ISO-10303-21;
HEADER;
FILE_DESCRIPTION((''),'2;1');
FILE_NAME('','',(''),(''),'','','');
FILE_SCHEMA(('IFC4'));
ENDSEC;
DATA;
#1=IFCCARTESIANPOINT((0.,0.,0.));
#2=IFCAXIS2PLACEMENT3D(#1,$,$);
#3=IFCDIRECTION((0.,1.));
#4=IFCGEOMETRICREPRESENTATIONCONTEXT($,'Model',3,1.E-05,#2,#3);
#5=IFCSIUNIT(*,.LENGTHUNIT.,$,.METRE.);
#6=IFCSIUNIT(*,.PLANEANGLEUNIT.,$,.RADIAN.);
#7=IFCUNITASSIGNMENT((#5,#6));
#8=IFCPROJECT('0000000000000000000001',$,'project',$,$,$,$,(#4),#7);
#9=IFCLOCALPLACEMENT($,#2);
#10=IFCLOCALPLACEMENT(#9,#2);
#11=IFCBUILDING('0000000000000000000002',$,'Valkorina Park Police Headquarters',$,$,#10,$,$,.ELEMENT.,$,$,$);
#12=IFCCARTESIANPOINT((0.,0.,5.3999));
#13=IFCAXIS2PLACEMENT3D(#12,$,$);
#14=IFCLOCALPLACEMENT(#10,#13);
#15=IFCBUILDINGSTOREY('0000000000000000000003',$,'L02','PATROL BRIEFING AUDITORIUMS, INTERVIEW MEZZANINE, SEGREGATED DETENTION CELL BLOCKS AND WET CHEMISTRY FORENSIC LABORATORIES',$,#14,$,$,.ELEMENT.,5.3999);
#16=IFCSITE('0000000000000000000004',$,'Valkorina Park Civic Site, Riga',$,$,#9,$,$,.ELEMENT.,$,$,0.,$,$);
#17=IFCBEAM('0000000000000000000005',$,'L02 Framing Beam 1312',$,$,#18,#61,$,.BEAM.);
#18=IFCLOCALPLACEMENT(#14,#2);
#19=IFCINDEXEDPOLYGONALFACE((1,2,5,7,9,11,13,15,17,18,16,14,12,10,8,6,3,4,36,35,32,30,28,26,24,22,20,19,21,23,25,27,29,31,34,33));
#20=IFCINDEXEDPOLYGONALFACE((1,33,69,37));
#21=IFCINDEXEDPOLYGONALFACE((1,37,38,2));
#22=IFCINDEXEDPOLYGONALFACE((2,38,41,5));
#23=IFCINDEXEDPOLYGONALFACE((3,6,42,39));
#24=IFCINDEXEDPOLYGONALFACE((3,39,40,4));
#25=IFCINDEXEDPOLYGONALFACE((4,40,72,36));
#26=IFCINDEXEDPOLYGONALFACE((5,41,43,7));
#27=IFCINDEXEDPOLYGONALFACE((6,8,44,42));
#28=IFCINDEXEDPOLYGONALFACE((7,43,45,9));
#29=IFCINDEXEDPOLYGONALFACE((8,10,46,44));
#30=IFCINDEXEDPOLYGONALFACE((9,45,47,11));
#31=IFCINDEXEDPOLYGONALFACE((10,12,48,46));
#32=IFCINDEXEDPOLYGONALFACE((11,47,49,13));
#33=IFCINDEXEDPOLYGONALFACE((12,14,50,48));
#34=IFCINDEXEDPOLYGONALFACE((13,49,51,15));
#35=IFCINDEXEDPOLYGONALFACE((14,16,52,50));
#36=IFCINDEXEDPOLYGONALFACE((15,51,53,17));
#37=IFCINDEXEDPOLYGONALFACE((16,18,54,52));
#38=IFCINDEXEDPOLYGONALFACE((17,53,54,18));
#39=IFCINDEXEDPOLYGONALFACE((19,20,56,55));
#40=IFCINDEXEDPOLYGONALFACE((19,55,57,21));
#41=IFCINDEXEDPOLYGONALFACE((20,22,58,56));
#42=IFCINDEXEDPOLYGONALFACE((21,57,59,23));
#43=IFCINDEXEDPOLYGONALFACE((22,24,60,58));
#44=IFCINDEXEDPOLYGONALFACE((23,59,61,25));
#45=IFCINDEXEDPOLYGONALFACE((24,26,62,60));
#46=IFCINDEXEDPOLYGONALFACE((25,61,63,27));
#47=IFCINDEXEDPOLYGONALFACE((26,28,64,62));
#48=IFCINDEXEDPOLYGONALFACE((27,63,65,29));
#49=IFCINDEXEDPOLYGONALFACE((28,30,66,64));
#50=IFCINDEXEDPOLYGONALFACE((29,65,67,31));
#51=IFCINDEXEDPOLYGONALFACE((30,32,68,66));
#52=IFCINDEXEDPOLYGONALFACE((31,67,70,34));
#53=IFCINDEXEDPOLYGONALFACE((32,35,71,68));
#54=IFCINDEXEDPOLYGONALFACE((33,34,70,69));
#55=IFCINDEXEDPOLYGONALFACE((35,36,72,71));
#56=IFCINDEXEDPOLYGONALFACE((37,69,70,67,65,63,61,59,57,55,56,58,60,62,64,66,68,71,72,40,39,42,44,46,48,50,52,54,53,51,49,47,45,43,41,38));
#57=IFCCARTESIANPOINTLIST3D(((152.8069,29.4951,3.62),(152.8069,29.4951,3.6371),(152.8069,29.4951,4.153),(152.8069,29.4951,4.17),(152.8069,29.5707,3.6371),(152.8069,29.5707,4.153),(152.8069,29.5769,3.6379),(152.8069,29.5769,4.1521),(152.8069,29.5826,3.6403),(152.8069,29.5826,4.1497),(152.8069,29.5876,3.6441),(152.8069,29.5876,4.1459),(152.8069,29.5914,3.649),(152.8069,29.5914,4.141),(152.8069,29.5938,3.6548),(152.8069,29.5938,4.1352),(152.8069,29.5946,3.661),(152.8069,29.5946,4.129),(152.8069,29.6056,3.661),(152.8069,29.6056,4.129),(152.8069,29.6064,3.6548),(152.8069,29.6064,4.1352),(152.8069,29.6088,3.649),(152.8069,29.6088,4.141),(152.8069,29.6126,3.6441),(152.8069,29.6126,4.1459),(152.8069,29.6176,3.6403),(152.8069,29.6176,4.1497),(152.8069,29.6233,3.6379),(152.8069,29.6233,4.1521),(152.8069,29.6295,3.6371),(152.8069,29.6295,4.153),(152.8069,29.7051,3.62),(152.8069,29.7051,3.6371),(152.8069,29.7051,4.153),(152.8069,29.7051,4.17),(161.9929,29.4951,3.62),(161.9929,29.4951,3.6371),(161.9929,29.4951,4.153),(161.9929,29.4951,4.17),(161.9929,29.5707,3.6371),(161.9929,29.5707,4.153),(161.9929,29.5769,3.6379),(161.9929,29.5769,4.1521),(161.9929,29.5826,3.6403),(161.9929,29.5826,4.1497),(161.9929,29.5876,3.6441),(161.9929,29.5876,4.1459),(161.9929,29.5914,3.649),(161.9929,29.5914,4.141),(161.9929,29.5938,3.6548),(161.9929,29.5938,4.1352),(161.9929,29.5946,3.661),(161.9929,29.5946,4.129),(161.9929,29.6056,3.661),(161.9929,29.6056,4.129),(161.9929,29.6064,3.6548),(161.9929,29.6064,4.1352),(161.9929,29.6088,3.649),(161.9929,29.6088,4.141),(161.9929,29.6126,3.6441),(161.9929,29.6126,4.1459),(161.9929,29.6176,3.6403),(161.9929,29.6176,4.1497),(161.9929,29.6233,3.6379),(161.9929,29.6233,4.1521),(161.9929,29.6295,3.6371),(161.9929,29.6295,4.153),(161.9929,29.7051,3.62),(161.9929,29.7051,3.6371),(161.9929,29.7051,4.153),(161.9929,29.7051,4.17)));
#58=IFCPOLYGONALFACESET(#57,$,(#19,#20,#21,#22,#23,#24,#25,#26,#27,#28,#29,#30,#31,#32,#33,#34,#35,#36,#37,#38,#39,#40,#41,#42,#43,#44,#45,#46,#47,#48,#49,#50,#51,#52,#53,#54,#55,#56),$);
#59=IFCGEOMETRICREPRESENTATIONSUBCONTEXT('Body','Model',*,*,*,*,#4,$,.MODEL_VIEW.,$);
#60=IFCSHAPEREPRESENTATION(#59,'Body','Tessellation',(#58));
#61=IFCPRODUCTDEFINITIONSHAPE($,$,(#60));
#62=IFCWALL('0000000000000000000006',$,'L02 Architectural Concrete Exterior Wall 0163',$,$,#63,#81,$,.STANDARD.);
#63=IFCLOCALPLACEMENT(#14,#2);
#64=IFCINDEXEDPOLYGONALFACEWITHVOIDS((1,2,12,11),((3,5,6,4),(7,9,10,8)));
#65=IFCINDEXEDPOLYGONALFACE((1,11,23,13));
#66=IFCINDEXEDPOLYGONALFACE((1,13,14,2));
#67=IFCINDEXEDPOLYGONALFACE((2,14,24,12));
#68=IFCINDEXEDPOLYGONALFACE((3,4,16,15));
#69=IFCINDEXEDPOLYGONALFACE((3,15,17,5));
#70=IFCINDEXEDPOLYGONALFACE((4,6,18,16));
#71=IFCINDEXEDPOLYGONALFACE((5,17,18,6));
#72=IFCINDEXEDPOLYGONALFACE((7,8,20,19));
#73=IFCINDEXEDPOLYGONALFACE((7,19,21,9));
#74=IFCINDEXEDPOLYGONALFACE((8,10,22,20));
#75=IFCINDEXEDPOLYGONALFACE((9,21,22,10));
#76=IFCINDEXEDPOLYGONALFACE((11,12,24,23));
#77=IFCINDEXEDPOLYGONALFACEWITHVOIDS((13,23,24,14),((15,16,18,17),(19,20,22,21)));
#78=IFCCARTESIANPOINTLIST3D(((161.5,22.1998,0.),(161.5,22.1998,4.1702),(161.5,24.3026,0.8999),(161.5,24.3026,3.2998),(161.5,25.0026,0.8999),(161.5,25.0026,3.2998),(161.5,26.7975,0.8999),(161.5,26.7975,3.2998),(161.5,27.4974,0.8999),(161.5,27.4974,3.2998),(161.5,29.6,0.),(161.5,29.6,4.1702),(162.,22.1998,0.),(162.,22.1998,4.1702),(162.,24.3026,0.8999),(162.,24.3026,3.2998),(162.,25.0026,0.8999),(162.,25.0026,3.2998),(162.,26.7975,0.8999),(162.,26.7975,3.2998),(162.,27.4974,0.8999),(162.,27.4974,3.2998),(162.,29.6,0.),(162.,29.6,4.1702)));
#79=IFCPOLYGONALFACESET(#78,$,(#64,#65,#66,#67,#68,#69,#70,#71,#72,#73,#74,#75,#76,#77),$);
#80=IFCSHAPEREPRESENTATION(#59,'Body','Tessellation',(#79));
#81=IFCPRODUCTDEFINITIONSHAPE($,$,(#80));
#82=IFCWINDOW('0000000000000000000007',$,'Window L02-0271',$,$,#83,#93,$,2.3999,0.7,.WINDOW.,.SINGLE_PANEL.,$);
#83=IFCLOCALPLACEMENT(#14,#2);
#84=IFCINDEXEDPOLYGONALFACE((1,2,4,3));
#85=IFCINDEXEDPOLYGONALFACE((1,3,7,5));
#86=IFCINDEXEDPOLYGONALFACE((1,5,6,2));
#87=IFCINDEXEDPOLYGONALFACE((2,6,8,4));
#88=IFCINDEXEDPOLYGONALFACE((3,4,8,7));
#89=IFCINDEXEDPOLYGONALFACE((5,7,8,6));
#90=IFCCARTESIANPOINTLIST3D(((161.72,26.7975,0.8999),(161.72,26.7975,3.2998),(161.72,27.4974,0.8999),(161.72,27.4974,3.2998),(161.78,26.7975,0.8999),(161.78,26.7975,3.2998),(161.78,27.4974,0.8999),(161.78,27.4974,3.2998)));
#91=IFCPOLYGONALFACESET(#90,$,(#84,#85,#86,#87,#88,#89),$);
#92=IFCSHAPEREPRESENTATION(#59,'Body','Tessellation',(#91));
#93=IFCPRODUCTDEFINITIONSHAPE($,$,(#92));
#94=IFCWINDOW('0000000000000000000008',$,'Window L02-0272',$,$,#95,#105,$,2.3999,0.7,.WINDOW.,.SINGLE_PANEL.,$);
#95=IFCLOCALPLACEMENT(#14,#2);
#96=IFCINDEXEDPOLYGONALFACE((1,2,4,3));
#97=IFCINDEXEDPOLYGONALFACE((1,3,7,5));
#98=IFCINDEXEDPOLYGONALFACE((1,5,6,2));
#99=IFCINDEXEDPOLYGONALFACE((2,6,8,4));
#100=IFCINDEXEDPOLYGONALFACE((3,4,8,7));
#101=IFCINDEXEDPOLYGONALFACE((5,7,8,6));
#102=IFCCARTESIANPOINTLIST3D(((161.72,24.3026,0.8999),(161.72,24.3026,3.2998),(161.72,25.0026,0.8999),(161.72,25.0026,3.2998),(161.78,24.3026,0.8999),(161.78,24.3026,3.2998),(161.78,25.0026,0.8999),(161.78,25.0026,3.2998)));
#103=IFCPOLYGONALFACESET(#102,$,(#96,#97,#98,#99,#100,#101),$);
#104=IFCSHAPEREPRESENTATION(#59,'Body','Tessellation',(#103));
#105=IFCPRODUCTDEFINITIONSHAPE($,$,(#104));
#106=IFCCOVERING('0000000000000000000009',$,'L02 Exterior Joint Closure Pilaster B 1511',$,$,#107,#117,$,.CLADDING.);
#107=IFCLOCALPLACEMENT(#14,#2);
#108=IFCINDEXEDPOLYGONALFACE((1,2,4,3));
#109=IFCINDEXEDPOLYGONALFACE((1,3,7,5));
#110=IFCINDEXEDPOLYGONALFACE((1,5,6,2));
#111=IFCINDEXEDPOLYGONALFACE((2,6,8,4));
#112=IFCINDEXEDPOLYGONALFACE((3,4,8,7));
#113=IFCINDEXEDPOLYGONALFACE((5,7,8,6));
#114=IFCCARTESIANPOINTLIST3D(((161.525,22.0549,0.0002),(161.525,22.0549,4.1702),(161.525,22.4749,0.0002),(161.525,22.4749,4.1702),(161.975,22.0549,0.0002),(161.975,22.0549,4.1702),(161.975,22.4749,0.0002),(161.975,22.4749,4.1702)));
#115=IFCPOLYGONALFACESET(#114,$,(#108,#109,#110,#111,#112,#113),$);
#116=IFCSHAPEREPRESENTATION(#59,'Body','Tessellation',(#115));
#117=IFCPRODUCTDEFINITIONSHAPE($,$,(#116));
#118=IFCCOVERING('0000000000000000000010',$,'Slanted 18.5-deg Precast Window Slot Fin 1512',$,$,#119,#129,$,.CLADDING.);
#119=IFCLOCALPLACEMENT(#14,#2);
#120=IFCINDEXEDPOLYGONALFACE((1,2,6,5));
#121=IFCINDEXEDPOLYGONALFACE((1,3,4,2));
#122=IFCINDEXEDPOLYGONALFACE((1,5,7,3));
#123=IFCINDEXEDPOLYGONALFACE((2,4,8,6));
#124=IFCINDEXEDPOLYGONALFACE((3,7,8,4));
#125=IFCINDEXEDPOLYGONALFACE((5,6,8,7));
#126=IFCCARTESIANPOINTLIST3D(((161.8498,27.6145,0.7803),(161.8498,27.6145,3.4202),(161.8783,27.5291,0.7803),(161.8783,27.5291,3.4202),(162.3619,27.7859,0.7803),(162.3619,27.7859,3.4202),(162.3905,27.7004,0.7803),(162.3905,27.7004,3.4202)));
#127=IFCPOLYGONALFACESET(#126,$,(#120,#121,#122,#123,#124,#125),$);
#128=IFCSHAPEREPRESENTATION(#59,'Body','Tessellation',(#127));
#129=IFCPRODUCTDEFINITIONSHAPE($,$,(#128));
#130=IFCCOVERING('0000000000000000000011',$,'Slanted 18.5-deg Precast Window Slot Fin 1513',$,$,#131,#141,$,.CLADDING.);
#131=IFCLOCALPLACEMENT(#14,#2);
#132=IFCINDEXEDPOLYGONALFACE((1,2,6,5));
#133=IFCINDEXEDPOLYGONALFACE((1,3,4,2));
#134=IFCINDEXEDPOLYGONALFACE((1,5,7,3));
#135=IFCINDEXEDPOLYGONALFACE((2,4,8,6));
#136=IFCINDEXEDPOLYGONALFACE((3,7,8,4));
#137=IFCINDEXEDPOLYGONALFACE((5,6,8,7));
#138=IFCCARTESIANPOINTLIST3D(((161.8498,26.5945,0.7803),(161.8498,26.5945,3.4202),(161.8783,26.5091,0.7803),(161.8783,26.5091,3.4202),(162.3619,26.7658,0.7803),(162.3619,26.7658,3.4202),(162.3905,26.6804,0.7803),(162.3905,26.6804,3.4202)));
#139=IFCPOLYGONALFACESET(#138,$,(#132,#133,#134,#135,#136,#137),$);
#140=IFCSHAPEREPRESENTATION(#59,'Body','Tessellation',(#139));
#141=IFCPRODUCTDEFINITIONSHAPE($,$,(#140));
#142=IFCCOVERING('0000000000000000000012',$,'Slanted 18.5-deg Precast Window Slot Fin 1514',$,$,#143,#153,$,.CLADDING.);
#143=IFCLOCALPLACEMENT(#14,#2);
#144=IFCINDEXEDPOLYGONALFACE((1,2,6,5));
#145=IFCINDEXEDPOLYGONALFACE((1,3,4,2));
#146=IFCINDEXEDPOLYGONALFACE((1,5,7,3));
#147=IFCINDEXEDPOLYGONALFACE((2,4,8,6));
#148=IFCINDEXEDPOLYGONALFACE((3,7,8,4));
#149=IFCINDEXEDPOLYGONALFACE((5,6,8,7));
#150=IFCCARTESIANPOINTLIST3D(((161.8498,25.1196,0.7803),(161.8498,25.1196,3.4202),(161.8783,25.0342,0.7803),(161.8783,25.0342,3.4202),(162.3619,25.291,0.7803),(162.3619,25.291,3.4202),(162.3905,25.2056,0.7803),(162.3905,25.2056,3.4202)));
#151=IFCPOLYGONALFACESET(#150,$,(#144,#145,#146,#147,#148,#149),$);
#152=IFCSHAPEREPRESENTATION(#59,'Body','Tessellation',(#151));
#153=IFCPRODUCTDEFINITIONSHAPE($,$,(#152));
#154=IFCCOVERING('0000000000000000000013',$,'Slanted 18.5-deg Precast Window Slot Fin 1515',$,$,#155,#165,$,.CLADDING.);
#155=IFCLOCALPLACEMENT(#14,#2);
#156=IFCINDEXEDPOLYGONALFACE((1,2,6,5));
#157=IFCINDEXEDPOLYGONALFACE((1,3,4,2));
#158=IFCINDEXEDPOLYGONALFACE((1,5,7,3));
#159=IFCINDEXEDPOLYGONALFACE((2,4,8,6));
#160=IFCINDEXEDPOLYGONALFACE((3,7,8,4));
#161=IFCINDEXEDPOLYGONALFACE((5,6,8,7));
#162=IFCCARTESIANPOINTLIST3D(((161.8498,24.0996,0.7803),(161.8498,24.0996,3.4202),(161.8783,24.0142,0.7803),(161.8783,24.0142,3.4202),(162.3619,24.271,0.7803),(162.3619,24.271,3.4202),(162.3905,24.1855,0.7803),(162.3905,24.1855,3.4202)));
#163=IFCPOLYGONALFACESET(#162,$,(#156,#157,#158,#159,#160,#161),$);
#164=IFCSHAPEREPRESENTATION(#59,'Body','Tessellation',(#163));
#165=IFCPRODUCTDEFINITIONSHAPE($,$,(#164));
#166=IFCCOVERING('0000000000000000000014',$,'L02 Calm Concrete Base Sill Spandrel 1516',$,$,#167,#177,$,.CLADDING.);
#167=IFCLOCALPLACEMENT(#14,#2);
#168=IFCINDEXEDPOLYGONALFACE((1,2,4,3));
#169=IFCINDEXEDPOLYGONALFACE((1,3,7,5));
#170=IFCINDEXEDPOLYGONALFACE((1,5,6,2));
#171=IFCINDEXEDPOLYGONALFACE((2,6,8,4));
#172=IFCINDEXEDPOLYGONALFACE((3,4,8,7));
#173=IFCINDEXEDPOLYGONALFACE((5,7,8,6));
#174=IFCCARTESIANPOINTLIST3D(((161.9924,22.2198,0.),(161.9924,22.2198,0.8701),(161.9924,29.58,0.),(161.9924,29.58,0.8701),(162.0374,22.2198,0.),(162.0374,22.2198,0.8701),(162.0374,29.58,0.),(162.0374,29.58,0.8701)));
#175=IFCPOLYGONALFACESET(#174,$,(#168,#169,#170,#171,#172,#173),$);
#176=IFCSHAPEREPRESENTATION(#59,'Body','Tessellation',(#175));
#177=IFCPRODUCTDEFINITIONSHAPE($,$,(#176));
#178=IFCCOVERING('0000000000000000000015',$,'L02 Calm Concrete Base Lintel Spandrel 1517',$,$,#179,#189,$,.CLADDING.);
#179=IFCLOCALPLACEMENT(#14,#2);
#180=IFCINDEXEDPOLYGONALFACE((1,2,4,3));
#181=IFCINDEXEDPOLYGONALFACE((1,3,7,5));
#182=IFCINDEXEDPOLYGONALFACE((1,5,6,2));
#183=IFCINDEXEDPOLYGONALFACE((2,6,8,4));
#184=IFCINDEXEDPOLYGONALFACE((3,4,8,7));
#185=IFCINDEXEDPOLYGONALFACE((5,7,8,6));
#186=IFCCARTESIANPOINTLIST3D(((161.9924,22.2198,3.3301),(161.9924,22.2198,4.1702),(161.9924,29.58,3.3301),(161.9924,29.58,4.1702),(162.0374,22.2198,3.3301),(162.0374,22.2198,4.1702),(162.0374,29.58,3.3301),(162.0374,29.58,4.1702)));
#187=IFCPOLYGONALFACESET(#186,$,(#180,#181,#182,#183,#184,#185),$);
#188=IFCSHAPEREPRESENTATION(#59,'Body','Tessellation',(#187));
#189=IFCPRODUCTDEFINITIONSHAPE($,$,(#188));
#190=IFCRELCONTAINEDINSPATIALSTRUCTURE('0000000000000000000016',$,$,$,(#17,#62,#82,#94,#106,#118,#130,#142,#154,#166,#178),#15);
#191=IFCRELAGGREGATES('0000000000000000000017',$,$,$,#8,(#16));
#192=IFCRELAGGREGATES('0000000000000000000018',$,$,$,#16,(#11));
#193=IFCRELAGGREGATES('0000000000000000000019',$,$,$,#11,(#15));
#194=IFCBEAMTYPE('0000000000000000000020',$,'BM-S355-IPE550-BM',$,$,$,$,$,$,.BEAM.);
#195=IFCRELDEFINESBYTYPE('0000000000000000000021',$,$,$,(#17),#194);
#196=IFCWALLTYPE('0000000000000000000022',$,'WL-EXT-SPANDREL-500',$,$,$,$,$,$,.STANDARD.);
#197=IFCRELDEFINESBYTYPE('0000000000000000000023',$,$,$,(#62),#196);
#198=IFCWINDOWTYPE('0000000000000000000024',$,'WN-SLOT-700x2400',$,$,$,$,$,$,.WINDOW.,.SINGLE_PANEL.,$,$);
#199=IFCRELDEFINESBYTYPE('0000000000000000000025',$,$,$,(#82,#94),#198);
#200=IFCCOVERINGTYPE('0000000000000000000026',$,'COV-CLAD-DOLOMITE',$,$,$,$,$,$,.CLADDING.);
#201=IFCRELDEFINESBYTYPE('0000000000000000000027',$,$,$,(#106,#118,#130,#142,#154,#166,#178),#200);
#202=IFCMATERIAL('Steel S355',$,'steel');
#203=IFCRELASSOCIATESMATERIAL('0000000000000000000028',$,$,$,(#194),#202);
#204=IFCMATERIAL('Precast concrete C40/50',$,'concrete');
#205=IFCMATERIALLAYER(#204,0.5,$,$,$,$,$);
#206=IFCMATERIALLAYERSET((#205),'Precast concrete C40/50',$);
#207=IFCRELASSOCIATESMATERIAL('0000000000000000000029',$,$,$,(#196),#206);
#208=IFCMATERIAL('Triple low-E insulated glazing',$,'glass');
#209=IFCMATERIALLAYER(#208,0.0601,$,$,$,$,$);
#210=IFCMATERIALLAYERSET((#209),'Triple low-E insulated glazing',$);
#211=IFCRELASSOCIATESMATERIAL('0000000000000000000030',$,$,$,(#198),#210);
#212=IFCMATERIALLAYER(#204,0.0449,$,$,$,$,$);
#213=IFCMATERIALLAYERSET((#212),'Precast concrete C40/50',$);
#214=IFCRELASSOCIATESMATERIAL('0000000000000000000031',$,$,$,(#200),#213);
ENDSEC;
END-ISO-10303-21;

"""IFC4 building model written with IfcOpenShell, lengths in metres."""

from ifc_helpers import new_model, si_unit, direction, frame, frame_2d, origin, origin_2d, place, context, subcontext, project, spatial, rectangle, i_section, extrude, material, layer, layer_set, material_profile, profile_set, type_object, element, fill, save


model = new_model("IFC4")

# Units and contexts
model_context = context("Model", 3, precision=1e-05, world=origin(), true_north=direction((0.0, 1.0)))
body_context = subcontext(model_context, "Body", "Model", "MODEL_VIEW")
ifc_project = project(units=[si_unit("LENGTHUNIT", "METRE"), si_unit("PLANEANGLEUNIT", "RADIAN")], contexts=[model_context])

# Site, building, storey
site_placement = place(None, origin())
site = spatial("IfcSite", under=ifc_project, at=site_placement, Name="Valkorina Park Civic Site, Riga", CompositionType="ELEMENT", RefElevation=0.0)
building_placement = place(site_placement, origin())
building = spatial("IfcBuilding", under=site, at=building_placement, Name="Valkorina Park Police Headquarters", CompositionType="ELEMENT")
storey_placement = place(building_placement, frame((0.0, 0.0, 5.3999)))
storey = spatial("IfcBuildingStorey", under=building, at=storey_placement, Name="L02", Description="PATROL BRIEFING AUDITORIUMS, INTERVIEW MEZZANINE, SEGREGATED DETENTION CELL BLOCKS AND WET CHEMISTRY FORENSIC LABORATORIES", CompositionType="ELEMENT", Elevation=5.3999)

# Shared definitions
ifc_material_1 = material(Name="Steel S355", Category="steel")

# Beam
ifc_material_profile_1 = material_profile(ifc_material_1, i_section(OverallWidth=0.21, OverallDepth=0.55, WebThickness=0.011, FlangeThickness=0.0171, FilletRadius=0.0239, at=origin_2d()), Name="IPE 550")
ifc_profile_set_1 = profile_set([ifc_material_profile_1], Name="Steel S355")
beam_type_1 = type_object("IfcBeamType", Name="BM-S355-IPE550-BM", PredefinedType="BEAM", material=ifc_profile_set_1)
beam_1_placement = place(storey_placement, frame((152.8069, 29.6001, 3.895), z_axis=(1.0, 0.0, 0.0), x_axis=(0.0, 1.0, 0.0)))
element("IfcBeam", 1, at=beam_1_placement, inside=storey, type_object=beam_type_1, Name="L02 Framing Beam 1312", PredefinedType="BEAM", context=body_context, shape_type="SweptSolid", body=[
    extrude(i_section(OverallWidth=0.21, OverallDepth=0.55, WebThickness=0.011, FlangeThickness=0.0171, FilletRadius=0.0239, at=origin_2d()), origin(), (0.0, 0.0, 1.0), 9.186),
])

# Wall, openings, windows
ifc_material_2 = material(Name="Precast concrete C40/50", Category="concrete")
ifc_layer_1 = layer(ifc_material_2, 0.5)
ifc_layer_set_1 = layer_set([ifc_layer_1], Name="Precast concrete C40/50")
wall_type = type_object("IfcWallType", Name="WL-EXT-SPANDREL-500", PredefinedType="STANDARD", material=ifc_layer_set_1)
wall_placement = place(storey_placement, frame((161.75, 29.6001, 0.0), z_axis=(0.0, 0.0, 1.0), x_axis=(0.0, -1.0, 0.0)))
wall = element("IfcWall", 2, at=wall_placement, inside=storey, type_object=wall_type, Name="L02 Architectural Concrete Exterior Wall 0163", PredefinedType="STANDARD", context=body_context, shape_type="SweptSolid", body=[
    extrude(rectangle(XDim=7.4001, YDim=0.5, at=frame_2d((3.7002, 0.0))), origin(), (0.0, 0.0, 1.0), 4.1702),
])
opening_1_placement = place(wall_placement, frame((2.1025, 0.0, 0.8999)))
opening_1 = element("IfcOpeningElement", 3, at=opening_1_placement, cuts=wall, PredefinedType="OPENING", context=body_context, shape_type="SweptSolid", body=[
    extrude(rectangle(XDim=0.7, YDim=2.3999, at=frame_2d((0.3501, 1.2))), frame((0.0, 0.26, 0.0), z_axis=(0.0, -1.0, 0.0), x_axis=(1.0, 0.0, 0.0)), (0.0, 0.0, 1.0), 0.52),
])
opening_2_placement = place(wall_placement, frame((4.5974, 0.0, 0.8999)))
opening_2 = element("IfcOpeningElement", 4, at=opening_2_placement, cuts=wall, PredefinedType="OPENING", context=body_context, shape_type="SweptSolid", body=[
    extrude(rectangle(XDim=0.7, YDim=2.3999, at=frame_2d((0.3501, 1.2))), frame((0.0, 0.26, 0.0), z_axis=(0.0, -1.0, 0.0), x_axis=(1.0, 0.0, 0.0)), (0.0, 0.0, 1.0), 0.52),
])
ifc_material_3 = material(Name="Triple low-E insulated glazing", Category="glass")
ifc_layer_2 = layer(ifc_material_3, 0.0601)
ifc_layer_set_2 = layer_set([ifc_layer_2], Name="Triple low-E insulated glazing")
window_type = type_object("IfcWindowType", Name="WN-SLOT-700x2400", PartitioningType="SINGLE_PANEL", PredefinedType="WINDOW", material=ifc_layer_set_2)
window_1_placement = place(opening_1_placement, origin())
window_1 = element("IfcWindow", 5, at=window_1_placement, inside=storey, type_object=window_type, Name="Window L02-0271", OverallHeight=2.3999, OverallWidth=0.7, PartitioningType="SINGLE_PANEL", PredefinedType="WINDOW", context=body_context, shape_type="SweptSolid", body=[
    extrude(rectangle(XDim=0.7, YDim=2.3999, at=frame_2d((0.3501, 1.2))), frame((0.0, 0.03, 0.0), z_axis=(0.0, -1.0, 0.0), x_axis=(1.0, 0.0, 0.0)), (0.0, 0.0, 1.0), 0.0601),
])
fill(opening_1, window_1)
window_2_placement = place(opening_2_placement, origin())
window_2 = element("IfcWindow", 6, at=window_2_placement, inside=storey, type_object=window_type, Name="Window L02-0272", OverallHeight=2.3999, OverallWidth=0.7, PartitioningType="SINGLE_PANEL", PredefinedType="WINDOW", context=body_context, shape_type="SweptSolid", body=[
    extrude(rectangle(XDim=0.7, YDim=2.3999, at=frame_2d((0.3501, 1.2))), frame((0.0, 0.03, 0.0), z_axis=(0.0, -1.0, 0.0), x_axis=(1.0, 0.0, 0.0)), (0.0, 0.0, 1.0), 0.0601),
])
fill(opening_2, window_2)

# Coverings
ifc_layer_3 = layer(ifc_material_2, 0.0449)
ifc_layer_set_3 = layer_set([ifc_layer_3], Name="Precast concrete C40/50")
covering_type = type_object("IfcCoveringType", Name="COV-CLAD-DOLOMITE", PredefinedType="CLADDING", material=ifc_layer_set_3)
covering_1_placement = place(storey_placement, frame((161.75, 22.2649, 0.0002), z_axis=(0.0, 0.0, 1.0), x_axis=(0.0, 1.0, 0.0)))
element("IfcCovering", 7, at=covering_1_placement, inside=storey, type_object=covering_type, Name="L02 Exterior Joint Closure Pilaster B 1511", PredefinedType="CLADDING", context=body_context, shape_type="SweptSolid", body=[
    extrude(rectangle(XDim=0.4199, YDim=0.45, at=origin_2d()), origin(), (0.0, 0.0, 1.0), 4.1699),
])
for number, where, z_axis, x_axis, name in (
    (8, (162.1201, 27.6575, 0.7803), (0.0, 0.0, 1.0), (0.948324, 0.317305, 0.0), "Slanted 18.5-deg Precast Window Slot Fin 1512"),
    (9, (162.1201, 26.6375, 0.7803), (0.0, 0.0, 1.0), (0.948324, 0.317305, 0.0), "Slanted 18.5-deg Precast Window Slot Fin 1513"),
    (10, (162.1201, 25.1626, 0.7803), (0.0, 0.0, 1.0), (0.948324, 0.317305, 0.0), "Slanted 18.5-deg Precast Window Slot Fin 1514"),
    (11, (162.1201, 24.1426, 0.7803), (0.0, 0.0, 1.0), (0.948324, 0.317305, 0.0), "Slanted 18.5-deg Precast Window Slot Fin 1515"),
):
    element("IfcCovering", number, at=place(storey_placement, frame(where, z_axis=z_axis, x_axis=x_axis)), inside=storey, type_object=covering_type, Name=name, PredefinedType="CLADDING", context=body_context, shape_type="SweptSolid", body=[
        extrude(rectangle(XDim=0.54, YDim=0.0901, at=origin_2d()), origin(), (0.0, 0.0, 1.0), 2.6399),
    ])
covering_2_placement = place(storey_placement, frame((162.0149, 29.5801, 0.0), z_axis=(0.0, 0.0, 1.0), x_axis=(0.0, -1.0, 0.0)))
element("IfcCovering", 12, at=covering_2_placement, inside=storey, type_object=covering_type, Name="L02 Calm Concrete Base Sill Spandrel 1516", PredefinedType="CLADDING", context=body_context, shape_type="SweptSolid", body=[
    extrude(rectangle(XDim=7.3601, YDim=0.0449, at=frame_2d((3.6802, 0.0))), origin(), (0.0, 0.0, 1.0), 0.8701),
])
covering_3_placement = place(storey_placement, frame((162.0149, 29.5801, 3.3301), z_axis=(0.0, 0.0, 1.0), x_axis=(0.0, -1.0, 0.0)))
element("IfcCovering", 13, at=covering_3_placement, inside=storey, type_object=covering_type, Name="L02 Calm Concrete Base Lintel Spandrel 1517", PredefinedType="CLADDING", context=body_context, shape_type="SweptSolid", body=[
    extrude(rectangle(XDim=7.3601, YDim=0.0449, at=frame_2d((3.6802, 0.0))), origin(), (0.0, 0.0, 1.0), 0.8401),
])

save(model, "model.ifc")
